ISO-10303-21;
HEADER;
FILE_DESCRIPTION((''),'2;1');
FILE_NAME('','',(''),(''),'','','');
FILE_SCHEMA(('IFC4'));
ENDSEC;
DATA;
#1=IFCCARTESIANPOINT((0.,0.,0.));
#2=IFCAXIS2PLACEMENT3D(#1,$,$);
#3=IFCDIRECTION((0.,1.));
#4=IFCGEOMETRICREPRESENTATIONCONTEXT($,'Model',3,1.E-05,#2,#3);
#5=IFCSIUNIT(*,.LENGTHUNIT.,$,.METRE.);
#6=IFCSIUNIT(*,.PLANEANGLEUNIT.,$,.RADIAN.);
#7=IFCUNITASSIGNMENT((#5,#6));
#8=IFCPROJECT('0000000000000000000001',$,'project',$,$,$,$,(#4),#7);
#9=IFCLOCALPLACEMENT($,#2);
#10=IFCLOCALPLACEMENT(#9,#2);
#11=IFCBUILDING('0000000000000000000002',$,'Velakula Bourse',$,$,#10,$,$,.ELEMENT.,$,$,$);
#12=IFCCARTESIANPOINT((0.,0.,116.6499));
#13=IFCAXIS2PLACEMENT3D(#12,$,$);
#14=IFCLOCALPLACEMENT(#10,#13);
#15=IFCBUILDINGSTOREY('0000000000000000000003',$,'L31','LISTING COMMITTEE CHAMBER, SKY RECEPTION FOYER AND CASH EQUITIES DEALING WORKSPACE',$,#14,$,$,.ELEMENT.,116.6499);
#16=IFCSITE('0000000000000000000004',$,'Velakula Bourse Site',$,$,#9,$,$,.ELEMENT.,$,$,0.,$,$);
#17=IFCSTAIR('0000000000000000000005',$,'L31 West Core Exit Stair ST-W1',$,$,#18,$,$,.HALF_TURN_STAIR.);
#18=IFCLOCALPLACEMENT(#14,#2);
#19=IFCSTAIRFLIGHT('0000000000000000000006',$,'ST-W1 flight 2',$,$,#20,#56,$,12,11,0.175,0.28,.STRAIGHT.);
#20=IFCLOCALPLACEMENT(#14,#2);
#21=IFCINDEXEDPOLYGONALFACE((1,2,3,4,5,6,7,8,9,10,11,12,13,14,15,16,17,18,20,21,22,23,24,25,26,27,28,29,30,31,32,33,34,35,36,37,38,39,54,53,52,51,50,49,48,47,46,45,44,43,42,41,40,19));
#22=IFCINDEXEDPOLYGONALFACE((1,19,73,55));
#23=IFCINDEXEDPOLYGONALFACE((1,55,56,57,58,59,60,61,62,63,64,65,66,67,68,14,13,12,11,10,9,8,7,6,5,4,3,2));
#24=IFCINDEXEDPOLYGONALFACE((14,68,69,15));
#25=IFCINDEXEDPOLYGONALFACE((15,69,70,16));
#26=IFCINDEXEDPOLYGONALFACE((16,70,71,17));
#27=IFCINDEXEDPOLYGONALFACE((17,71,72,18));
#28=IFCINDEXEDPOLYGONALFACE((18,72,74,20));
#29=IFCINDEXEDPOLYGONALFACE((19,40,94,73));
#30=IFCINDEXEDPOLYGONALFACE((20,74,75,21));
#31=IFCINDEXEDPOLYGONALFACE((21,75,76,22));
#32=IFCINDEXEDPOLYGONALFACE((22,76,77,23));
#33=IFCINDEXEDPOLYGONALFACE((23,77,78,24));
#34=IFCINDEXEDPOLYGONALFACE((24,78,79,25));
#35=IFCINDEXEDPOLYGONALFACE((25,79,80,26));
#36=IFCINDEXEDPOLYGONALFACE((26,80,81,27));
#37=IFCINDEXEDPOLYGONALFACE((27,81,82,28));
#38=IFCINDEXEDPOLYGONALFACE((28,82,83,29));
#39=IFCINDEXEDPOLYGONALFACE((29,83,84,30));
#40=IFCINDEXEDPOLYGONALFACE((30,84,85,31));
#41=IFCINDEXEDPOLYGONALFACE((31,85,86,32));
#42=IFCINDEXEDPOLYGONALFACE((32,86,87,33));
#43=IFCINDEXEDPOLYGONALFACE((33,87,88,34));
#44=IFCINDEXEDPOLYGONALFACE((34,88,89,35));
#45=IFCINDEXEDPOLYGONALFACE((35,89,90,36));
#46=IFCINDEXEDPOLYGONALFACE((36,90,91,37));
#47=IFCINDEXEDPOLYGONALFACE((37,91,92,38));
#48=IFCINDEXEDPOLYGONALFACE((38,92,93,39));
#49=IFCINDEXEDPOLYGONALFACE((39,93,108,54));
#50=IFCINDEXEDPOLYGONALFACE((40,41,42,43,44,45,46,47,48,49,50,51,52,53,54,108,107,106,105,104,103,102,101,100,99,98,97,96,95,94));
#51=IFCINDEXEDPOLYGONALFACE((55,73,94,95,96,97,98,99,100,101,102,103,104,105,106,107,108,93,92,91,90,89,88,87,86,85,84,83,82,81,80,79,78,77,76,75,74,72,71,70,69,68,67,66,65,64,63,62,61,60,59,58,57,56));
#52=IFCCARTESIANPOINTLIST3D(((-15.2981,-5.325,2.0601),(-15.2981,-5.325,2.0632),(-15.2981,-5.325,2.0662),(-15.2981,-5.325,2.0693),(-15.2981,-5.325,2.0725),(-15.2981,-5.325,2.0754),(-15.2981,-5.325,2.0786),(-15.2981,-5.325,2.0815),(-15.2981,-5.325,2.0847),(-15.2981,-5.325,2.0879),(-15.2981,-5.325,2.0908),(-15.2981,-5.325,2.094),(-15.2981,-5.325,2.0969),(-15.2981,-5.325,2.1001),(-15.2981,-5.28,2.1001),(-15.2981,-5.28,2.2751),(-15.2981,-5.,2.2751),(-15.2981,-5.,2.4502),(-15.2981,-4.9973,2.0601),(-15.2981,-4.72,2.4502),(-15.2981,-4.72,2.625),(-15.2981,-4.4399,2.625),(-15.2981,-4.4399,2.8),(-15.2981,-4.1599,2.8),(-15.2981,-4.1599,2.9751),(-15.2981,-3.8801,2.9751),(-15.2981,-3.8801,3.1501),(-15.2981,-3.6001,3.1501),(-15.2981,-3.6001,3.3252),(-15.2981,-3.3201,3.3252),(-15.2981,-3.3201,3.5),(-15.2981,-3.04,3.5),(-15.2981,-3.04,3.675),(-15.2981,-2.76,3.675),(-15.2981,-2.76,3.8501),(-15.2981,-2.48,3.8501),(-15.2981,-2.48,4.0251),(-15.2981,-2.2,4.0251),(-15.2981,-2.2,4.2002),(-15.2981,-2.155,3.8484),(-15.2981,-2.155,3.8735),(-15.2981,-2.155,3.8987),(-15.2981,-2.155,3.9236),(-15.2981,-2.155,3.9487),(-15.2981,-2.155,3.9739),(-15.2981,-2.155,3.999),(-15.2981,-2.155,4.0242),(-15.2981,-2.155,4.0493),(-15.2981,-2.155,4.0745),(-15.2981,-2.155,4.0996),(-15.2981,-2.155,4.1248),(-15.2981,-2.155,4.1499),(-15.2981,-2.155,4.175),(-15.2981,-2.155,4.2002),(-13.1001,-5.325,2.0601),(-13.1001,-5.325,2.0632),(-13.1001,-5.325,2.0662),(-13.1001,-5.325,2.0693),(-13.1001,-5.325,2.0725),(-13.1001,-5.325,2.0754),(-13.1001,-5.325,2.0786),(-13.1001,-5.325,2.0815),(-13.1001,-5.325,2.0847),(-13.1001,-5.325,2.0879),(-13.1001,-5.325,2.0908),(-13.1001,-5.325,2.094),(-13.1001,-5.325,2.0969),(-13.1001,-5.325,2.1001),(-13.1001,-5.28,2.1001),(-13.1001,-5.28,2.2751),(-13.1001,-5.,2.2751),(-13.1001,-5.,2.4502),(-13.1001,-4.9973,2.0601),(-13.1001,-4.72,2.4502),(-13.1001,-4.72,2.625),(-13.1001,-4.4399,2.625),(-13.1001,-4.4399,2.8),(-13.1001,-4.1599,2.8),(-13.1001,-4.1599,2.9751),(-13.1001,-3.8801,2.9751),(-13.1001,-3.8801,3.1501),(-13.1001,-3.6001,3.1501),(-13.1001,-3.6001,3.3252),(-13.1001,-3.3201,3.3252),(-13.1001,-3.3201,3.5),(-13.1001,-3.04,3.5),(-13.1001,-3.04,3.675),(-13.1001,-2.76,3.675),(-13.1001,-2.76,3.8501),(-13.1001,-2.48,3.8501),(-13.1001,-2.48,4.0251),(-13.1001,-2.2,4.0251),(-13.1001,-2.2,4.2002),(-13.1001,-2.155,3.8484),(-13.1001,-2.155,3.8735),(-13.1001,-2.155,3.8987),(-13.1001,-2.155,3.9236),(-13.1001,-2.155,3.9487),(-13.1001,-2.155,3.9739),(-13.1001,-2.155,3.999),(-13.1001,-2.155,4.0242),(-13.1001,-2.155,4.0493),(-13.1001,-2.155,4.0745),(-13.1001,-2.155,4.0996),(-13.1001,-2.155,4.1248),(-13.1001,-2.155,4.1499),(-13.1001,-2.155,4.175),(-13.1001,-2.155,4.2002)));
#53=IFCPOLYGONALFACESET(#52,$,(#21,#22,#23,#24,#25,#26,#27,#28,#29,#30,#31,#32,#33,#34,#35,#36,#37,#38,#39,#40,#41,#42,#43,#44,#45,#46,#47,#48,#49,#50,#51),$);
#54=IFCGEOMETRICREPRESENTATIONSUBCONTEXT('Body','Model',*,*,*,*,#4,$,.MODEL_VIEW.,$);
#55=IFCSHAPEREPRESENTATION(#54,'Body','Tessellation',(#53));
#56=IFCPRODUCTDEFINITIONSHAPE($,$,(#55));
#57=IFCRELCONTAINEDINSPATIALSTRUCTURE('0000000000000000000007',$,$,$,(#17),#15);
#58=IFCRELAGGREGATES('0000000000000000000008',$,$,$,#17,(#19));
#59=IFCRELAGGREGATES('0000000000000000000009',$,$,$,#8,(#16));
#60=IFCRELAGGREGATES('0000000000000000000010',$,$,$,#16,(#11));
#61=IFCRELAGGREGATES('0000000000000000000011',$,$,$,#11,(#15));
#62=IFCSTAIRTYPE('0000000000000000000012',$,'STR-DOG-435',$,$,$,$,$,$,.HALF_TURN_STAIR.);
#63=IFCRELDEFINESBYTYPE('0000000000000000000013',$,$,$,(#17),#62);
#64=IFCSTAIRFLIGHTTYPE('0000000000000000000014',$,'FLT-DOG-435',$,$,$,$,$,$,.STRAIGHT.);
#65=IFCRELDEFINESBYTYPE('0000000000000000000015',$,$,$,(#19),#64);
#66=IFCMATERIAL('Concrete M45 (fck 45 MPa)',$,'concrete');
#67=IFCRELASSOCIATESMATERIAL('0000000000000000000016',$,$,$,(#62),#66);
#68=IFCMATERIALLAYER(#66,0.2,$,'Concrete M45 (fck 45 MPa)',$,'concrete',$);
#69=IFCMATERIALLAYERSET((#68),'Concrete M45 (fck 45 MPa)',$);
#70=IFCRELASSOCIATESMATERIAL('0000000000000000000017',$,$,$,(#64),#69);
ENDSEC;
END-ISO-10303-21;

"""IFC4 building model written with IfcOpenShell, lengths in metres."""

from ifc_helpers import new_model, si_unit, direction, frame, origin, place, context, subcontext, project, spatial, polyline, outline, extrude, material, layer, layer_set, type_object, element, aggregate, save


model = new_model("IFC4")

# Units and contexts
model_context = context("Model", 3, precision=1e-05, world=origin(), true_north=direction((0.0, 1.0)))
body_context = subcontext(model_context, "Body", "Model", "MODEL_VIEW")
ifc_project = project(units=[si_unit("LENGTHUNIT", "METRE"), si_unit("PLANEANGLEUNIT", "RADIAN")], contexts=[model_context])

# Site, building, storey
site_placement = place(None, origin())
site = spatial("IfcSite", under=ifc_project, at=site_placement, Name="Velakula Bourse Site", CompositionType="ELEMENT", RefElevation=0.0)
building_placement = place(site_placement, origin())
building = spatial("IfcBuilding", under=site, at=building_placement, Name="Velakula Bourse", CompositionType="ELEMENT")
storey_placement = place(building_placement, frame((0.0, 0.0, 116.6499)))
storey = spatial("IfcBuildingStorey", under=building, at=storey_placement, Name="L31", Description="LISTING COMMITTEE CHAMBER, SKY RECEPTION FOYER AND CASH EQUITIES DEALING WORKSPACE", CompositionType="ELEMENT", Elevation=116.6499)

# Stair, stair flight
ifc_material_1 = material(Name="Concrete M45 (fck 45 MPa)", Category="concrete")
stair_type = type_object("IfcStairType", Name="STR-DOG-435", PredefinedType="HALF_TURN_STAIR", material=ifc_material_1)
stair_placement = place(storey_placement, origin())
stair = element("IfcStair", 1, at=stair_placement, inside=storey, type_object=stair_type, Name="L31 West Core Exit Stair ST-W1", PredefinedType="HALF_TURN_STAIR")
ifc_layer_1 = layer(ifc_material_1, 0.2, Name="Concrete M45 (fck 45 MPa)", Category="concrete")
ifc_layer_set_1 = layer_set([ifc_layer_1], Name="Concrete M45 (fck 45 MPa)")
stair_flight_type = type_object("IfcStairFlightType", Name="FLT-DOG-435", PredefinedType="STRAIGHT", material=ifc_layer_set_1)
stair_flight_1_placement = place(storey_placement, frame((-14.199, -5.28, 2.1001), z_axis=(0.0, 0.0, 1.0), x_axis=(0.0, 1.0, 0.0)))
stair_flight_1 = element("IfcStairFlight", 2, at=stair_flight_1_placement, type_object=stair_flight_type, Name="ST-W1 flight 2", NumberOfRisers=12, NumberOfTreads=11, PredefinedType="STRAIGHT", RiserHeight=0.175, TreadLength=0.28, context=body_context, shape_type="SweptSolid", body=[
    extrude(outline(polyline([(-0.0449, -0.04), (-0.0449, -0.0369), (-0.0449, -0.0339), (-0.0449, -0.0308), (-0.0449, -0.0276), (-0.0449, -0.0247), (-0.0449, -0.0215), (-0.0449, -0.0186), (-0.0449, -0.0154), (-0.0449, -0.0122), (-0.0449, -0.0093), (-0.0449, -0.0061), (-0.0449, -0.0032), (-0.0449, 0.0), (0.0, 0.0), (0.0, 0.175), (0.28, 0.175), (0.28, 0.3501), (0.5601, 0.3501), (0.5601, 0.5249), (0.8401, 0.5249), (0.8401, 0.7), (1.1201, 0.7), (1.1201, 0.875), (1.3999, 0.875), (1.3999, 1.05), (1.6799, 1.05), (1.6799, 1.2251), (1.96, 1.2251), (1.96, 1.3999), (2.24, 1.3999), (2.24, 1.575), (2.52, 1.575), (2.52, 1.75), (2.8, 1.75), (2.8, 1.925), (3.0801, 1.925), (3.0801, 2.1001), (3.125, 2.1001), (3.125, 2.075), (3.125, 2.0498), (3.125, 2.0247), (3.125, 1.9995), (3.125, 1.9744), (3.125, 1.9492), (3.125, 1.9241), (3.125, 1.8989), (3.125, 1.8738), (3.125, 1.8486), (3.125, 1.8235), (3.125, 1.7986), (3.125, 1.7734), (3.125, 1.7483), (0.2827, -0.04), (-0.0449, -0.04)])), frame((0.0, 1.0991, 0.0), z_axis=(0.0, -1.0, 0.0), x_axis=(1.0, 0.0, 0.0)), (0.0, 0.0, 1.0), 2.198),
])
aggregate(stair, [stair_flight_1])

save(model, "model.ifc")
